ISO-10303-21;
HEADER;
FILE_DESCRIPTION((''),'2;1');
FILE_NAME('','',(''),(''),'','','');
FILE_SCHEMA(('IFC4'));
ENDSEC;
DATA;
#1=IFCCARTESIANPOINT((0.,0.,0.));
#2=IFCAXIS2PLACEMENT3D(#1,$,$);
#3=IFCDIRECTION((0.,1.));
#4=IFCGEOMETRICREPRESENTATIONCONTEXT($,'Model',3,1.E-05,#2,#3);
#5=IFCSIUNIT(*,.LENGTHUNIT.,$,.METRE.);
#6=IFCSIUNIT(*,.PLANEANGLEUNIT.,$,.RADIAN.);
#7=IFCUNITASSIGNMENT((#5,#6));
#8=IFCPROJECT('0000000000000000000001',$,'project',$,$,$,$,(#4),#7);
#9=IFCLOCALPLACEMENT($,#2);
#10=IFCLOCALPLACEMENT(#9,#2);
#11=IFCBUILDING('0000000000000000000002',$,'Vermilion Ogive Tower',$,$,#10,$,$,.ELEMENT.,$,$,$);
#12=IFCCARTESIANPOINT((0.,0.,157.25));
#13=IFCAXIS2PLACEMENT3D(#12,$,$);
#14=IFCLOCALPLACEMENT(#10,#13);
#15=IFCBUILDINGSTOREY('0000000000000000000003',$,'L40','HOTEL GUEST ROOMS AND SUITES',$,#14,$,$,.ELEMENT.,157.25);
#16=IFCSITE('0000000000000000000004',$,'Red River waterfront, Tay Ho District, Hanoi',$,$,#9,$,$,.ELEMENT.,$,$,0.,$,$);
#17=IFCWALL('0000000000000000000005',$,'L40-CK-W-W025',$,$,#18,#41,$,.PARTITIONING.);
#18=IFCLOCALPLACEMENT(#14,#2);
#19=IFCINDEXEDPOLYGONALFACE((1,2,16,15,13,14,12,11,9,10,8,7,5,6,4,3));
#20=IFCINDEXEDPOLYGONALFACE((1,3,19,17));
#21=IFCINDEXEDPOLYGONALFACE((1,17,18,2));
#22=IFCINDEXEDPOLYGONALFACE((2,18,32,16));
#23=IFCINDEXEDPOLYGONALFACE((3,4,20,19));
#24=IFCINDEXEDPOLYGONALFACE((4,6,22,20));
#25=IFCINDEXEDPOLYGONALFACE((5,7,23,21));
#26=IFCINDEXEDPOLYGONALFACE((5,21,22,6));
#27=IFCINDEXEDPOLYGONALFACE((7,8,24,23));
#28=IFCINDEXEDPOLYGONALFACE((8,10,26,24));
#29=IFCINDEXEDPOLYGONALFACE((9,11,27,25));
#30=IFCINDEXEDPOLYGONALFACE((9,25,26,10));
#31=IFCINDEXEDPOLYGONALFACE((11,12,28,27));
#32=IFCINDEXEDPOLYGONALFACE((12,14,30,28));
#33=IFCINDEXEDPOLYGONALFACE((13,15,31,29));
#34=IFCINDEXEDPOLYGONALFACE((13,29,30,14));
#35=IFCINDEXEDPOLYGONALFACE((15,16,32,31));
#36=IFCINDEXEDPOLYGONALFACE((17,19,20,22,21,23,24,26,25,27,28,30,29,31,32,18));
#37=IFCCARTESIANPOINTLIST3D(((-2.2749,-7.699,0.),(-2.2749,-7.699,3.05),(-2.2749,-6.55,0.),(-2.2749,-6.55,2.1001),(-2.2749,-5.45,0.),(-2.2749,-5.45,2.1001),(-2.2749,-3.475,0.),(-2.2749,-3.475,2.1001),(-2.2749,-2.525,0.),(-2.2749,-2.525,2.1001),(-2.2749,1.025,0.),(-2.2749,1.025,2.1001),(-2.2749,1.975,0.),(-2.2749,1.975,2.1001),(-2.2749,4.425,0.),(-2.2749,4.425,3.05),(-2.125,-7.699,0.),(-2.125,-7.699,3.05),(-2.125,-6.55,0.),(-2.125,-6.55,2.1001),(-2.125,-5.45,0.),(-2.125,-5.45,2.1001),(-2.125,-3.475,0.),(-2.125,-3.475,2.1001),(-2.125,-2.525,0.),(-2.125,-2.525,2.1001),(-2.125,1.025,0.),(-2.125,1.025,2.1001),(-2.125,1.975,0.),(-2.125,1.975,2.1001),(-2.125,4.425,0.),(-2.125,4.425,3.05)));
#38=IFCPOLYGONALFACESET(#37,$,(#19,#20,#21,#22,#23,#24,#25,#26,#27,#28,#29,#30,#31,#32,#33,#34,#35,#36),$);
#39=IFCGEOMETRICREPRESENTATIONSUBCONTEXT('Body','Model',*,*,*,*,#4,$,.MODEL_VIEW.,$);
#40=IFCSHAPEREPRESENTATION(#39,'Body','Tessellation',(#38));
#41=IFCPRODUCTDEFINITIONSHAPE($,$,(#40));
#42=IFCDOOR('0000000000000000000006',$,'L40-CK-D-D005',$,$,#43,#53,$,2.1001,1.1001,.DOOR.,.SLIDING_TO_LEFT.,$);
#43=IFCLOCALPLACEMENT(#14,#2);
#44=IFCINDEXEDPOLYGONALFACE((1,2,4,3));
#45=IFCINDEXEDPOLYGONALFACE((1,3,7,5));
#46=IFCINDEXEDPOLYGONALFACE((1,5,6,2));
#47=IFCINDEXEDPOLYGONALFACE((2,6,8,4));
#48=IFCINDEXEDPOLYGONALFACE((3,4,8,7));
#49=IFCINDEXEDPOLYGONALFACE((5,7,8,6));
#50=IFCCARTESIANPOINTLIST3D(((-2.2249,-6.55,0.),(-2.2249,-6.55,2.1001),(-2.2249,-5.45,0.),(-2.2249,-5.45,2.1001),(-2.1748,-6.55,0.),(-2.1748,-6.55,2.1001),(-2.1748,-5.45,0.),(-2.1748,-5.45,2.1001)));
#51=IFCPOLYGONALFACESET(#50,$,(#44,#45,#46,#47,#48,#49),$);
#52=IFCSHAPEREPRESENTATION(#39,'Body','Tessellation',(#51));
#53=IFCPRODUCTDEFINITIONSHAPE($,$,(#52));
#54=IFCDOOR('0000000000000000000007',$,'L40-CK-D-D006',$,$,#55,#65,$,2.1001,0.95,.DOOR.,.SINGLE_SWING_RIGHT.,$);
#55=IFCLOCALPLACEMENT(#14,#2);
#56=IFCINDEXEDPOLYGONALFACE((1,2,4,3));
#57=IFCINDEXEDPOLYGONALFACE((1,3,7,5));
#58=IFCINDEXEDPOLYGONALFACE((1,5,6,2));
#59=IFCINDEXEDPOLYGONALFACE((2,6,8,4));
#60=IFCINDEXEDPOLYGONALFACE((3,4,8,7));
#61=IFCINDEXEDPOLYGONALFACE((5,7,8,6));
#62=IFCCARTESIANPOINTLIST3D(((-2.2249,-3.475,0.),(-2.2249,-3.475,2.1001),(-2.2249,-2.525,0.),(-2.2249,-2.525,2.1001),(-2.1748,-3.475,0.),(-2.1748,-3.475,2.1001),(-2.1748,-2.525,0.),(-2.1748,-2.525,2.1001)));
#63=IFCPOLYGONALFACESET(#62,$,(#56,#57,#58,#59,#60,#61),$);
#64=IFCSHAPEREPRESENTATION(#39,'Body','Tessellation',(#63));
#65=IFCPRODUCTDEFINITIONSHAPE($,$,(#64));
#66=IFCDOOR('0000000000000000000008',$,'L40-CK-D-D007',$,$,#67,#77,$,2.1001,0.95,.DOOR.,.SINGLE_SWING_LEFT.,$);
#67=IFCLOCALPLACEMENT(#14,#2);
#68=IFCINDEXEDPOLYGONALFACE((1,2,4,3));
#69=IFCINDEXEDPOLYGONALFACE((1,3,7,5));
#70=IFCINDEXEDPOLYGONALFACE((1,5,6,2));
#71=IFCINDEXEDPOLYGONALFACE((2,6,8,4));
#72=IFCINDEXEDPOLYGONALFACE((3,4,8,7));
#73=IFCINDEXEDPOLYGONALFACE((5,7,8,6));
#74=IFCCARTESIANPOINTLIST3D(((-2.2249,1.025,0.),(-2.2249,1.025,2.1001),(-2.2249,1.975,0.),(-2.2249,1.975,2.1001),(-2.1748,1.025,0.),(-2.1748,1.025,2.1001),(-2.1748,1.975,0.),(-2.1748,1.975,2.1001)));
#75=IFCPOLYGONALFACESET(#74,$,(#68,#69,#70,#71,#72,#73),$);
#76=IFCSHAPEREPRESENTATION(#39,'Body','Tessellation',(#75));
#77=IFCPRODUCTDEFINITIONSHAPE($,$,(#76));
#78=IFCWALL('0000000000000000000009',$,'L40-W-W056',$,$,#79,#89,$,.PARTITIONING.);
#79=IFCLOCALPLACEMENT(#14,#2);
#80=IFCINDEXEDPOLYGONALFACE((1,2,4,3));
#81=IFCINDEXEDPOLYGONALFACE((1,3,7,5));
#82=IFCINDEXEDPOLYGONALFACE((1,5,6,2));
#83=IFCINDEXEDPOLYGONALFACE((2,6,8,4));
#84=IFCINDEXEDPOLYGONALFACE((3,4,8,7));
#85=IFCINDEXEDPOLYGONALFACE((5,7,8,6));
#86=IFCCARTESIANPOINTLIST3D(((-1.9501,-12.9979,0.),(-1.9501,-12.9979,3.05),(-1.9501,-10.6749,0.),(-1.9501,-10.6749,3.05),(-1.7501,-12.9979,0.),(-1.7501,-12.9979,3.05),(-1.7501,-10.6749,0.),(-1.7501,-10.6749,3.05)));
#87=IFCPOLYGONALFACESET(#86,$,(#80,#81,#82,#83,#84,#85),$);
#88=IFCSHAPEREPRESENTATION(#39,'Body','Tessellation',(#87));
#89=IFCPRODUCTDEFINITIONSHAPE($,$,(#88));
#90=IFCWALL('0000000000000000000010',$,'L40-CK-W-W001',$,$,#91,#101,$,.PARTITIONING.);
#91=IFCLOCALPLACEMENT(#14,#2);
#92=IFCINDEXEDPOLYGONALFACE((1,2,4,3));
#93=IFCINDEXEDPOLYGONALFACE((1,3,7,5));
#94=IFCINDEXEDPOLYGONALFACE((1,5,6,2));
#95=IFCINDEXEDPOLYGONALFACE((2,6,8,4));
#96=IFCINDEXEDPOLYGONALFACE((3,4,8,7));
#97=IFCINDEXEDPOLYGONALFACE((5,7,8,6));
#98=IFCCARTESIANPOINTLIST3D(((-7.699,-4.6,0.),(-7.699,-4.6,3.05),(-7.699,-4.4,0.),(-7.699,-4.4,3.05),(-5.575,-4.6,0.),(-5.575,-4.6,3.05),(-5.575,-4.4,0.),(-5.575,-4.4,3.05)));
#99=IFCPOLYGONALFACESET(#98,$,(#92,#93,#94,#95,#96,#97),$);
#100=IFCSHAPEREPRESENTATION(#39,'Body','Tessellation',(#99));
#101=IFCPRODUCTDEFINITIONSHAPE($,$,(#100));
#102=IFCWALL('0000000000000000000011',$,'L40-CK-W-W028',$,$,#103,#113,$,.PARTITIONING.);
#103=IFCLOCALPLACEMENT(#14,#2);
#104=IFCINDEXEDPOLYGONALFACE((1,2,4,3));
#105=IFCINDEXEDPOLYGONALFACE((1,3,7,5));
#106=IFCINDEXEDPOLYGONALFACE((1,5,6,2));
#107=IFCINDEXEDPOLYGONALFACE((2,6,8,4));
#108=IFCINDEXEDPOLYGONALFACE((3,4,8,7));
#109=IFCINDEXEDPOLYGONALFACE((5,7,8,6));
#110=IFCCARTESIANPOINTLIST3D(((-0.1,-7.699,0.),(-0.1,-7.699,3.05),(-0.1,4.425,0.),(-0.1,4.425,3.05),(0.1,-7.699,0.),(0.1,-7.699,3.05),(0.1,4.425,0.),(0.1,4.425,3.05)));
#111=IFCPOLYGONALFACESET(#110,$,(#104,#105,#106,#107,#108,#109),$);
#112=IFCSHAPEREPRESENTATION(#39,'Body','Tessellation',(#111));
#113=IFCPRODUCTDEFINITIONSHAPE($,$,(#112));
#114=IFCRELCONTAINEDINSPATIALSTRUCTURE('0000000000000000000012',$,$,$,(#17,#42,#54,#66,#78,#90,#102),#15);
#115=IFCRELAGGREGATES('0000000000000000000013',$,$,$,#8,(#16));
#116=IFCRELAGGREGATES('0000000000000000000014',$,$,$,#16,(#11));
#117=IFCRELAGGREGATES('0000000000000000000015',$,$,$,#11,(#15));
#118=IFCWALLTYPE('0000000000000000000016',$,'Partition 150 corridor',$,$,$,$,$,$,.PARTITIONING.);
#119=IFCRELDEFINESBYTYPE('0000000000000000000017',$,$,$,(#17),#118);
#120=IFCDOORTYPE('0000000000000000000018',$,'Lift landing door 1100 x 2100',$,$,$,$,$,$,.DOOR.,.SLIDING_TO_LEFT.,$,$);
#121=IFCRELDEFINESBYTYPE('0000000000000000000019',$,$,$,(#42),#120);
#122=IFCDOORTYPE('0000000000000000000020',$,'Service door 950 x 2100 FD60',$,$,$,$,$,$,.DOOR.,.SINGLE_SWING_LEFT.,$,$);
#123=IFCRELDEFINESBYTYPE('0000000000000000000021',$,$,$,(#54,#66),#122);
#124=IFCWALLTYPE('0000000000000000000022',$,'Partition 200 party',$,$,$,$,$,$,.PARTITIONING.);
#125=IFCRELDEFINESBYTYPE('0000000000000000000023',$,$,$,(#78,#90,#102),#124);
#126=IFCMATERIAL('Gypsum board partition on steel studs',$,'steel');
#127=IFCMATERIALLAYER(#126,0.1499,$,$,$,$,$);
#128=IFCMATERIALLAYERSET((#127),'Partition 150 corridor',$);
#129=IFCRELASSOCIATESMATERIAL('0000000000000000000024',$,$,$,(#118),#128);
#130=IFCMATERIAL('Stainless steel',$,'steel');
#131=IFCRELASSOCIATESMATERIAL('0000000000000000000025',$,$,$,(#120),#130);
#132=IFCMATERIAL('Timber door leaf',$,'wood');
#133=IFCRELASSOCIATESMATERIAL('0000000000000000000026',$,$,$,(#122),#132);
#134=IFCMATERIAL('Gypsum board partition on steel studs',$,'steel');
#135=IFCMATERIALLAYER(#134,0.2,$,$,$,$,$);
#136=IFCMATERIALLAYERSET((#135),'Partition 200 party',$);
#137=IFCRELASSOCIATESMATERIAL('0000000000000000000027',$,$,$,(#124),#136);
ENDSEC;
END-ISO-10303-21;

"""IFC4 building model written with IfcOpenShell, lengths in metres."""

from ifc_helpers import new_model, si_unit, direction, frame, frame_2d, origin, place, context, subcontext, project, spatial, rectangle, extrude, material, layer, layer_set, type_object, element, fill, save


model = new_model("IFC4")

# Units and contexts
model_context = context("Model", 3, precision=1e-05, world=origin(), true_north=direction((0.0, 1.0)))
body_context = subcontext(model_context, "Body", "Model", "MODEL_VIEW")
ifc_project = project(units=[si_unit("LENGTHUNIT", "METRE"), si_unit("PLANEANGLEUNIT", "RADIAN")], contexts=[model_context])

# Site, building, storey
site_placement = place(None, origin())
site = spatial("IfcSite", under=ifc_project, at=site_placement, Name="Red River waterfront, Tay Ho District, Hanoi", CompositionType="ELEMENT", RefElevation=0.0)
building_placement = place(site_placement, origin())
building = spatial("IfcBuilding", under=site, at=building_placement, Name="Vermilion Ogive Tower", CompositionType="ELEMENT")
storey_placement = place(building_placement, frame((0.0, 0.0, 157.25)))
storey = spatial("IfcBuildingStorey", under=building, at=storey_placement, Name="L40", Description="HOTEL GUEST ROOMS AND SUITES", CompositionType="ELEMENT", Elevation=157.25)

# Wall, openings, doors
ifc_material_1 = material(Name="Gypsum board partition on steel studs", Category="steel")
ifc_layer_1 = layer(ifc_material_1, 0.1499)
ifc_layer_set_1 = layer_set([ifc_layer_1], Name="Partition 150 corridor")
wall_type_1 = type_object("IfcWallType", Name="Partition 150 corridor", PredefinedType="PARTITIONING", material=ifc_layer_set_1)
ifc_material_2 = material(Name="Stainless steel", Category="steel")
door_type_1 = type_object("IfcDoorType", Name="Lift landing door 1100 x 2100", OperationType="SLIDING_TO_LEFT", PredefinedType="DOOR", material=ifc_material_2)
wall_1_placement = place(storey_placement, frame((-2.2, -7.699, 0.0), z_axis=(0.0, 0.0, 1.0), x_axis=(0.0, 1.0, 0.0)))
wall_1 = element("IfcWall", 1, at=wall_1_placement, inside=storey, type_object=wall_type_1, Name="L40-CK-W-W025", PredefinedType="PARTITIONING", context=body_context, shape_type="SweptSolid", body=[
    extrude(rectangle(XDim=12.124, YDim=0.1499, at=frame_2d((6.062, 0.0))), origin(), (0.0, 0.0, 1.0), 3.05),
])
opening_1_placement = place(wall_1_placement, frame((1.1489, 0.0, 0.0)))
opening_1 = element("IfcOpeningElement", 2, at=opening_1_placement, cuts=wall_1, PredefinedType="OPENING", context=body_context, shape_type="SweptSolid", body=[
    extrude(rectangle(XDim=1.1001, YDim=2.1001, at=frame_2d((0.55, 1.05))), frame((0.0, 0.085, 0.0), z_axis=(0.0, -1.0, 0.0), x_axis=(1.0, 0.0, 0.0)), (0.0, 0.0, 1.0), 0.1699),
])
opening_2_placement = place(wall_1_placement, frame((4.2239, 0.0, 0.0)))
opening_2 = element("IfcOpeningElement", 3, at=opening_2_placement, cuts=wall_1, PredefinedType="OPENING", context=body_context, shape_type="SweptSolid", body=[
    extrude(rectangle(XDim=0.95, YDim=2.1001, at=frame_2d((0.4751, 1.05))), frame((0.0, 0.085, 0.0), z_axis=(0.0, -1.0, 0.0), x_axis=(1.0, 0.0, 0.0)), (0.0, 0.0, 1.0), 0.1699),
])
opening_3_placement = place(wall_1_placement, frame((8.7239, 0.0, 0.0)))
opening_3 = element("IfcOpeningElement", 4, at=opening_3_placement, cuts=wall_1, PredefinedType="OPENING", context=body_context, shape_type="SweptSolid", body=[
    extrude(rectangle(XDim=0.95, YDim=2.1001, at=frame_2d((0.4751, 1.05))), frame((0.0, 0.085, 0.0), z_axis=(0.0, -1.0, 0.0), x_axis=(1.0, 0.0, 0.0)), (0.0, 0.0, 1.0), 0.1699),
])
door_1_placement = place(opening_1_placement, origin())
door_1 = element("IfcDoor", 5, at=door_1_placement, inside=storey, type_object=door_type_1, Name="L40-CK-D-D005", OperationType="SLIDING_TO_LEFT", OverallHeight=2.1001, OverallWidth=1.1001, PredefinedType="DOOR", context=body_context, shape_type="SweptSolid", body=[
    extrude(rectangle(XDim=1.1001, YDim=2.1001, at=frame_2d((0.55, 1.05))), frame((0.0, 0.0249, 0.0), z_axis=(0.0, -1.0, 0.0), x_axis=(1.0, 0.0, 0.0)), (0.0, 0.0, 1.0), 0.05),
])
fill(opening_1, door_1)
ifc_material_3 = material(Name="Timber door leaf", Category="wood")
door_type_2 = type_object("IfcDoorType", Name="Service door 950 x 2100 FD60", OperationType="SINGLE_SWING_LEFT", PredefinedType="DOOR", material=ifc_material_3)
door_2_placement = place(opening_2_placement, origin())
door_2 = element("IfcDoor", 6, at=door_2_placement, inside=storey, type_object=door_type_2, Name="L40-CK-D-D006", OperationType="SINGLE_SWING_RIGHT", OverallHeight=2.1001, OverallWidth=0.95, PredefinedType="DOOR", context=body_context, shape_type="SweptSolid", body=[
    extrude(rectangle(XDim=0.95, YDim=2.1001, at=frame_2d((0.4751, 1.05))), frame((0.0, 0.0249, 0.0), z_axis=(0.0, -1.0, 0.0), x_axis=(1.0, 0.0, 0.0)), (0.0, 0.0, 1.0), 0.05),
])
fill(opening_2, door_2)
door_3_placement = place(opening_3_placement, origin())
door_3 = element("IfcDoor", 7, at=door_3_placement, inside=storey, type_object=door_type_2, Name="L40-CK-D-D007", OperationType="SINGLE_SWING_LEFT", OverallHeight=2.1001, OverallWidth=0.95, PredefinedType="DOOR", context=body_context, shape_type="SweptSolid", body=[
    extrude(rectangle(XDim=0.95, YDim=2.1001, at=frame_2d((0.4751, 1.05))), frame((0.0, 0.0249, 0.0), z_axis=(0.0, -1.0, 0.0), x_axis=(1.0, 0.0, 0.0)), (0.0, 0.0, 1.0), 0.05),
])
fill(opening_3, door_3)

# Walls
ifc_material_4 = material(Name="Gypsum board partition on steel studs", Category="steel")
ifc_layer_2 = layer(ifc_material_4, 0.2)
ifc_layer_set_2 = layer_set([ifc_layer_2], Name="Partition 200 party")
wall_type_2 = type_object("IfcWallType", Name="Partition 200 party", PredefinedType="PARTITIONING", material=ifc_layer_set_2)
wall_2_placement = place(storey_placement, frame((-1.8501, -12.998, 0.0), z_axis=(0.0, 0.0, 1.0), x_axis=(0.0, 1.0, 0.0)))
element("IfcWall", 8, at=wall_2_placement, inside=storey, type_object=wall_type_2, Name="L40-W-W056", PredefinedType="PARTITIONING", context=body_context, shape_type="SweptSolid", body=[
    extrude(rectangle(XDim=2.323, YDim=0.2, at=frame_2d((1.1616, 0.0))), origin(), (0.0, 0.0, 1.0), 3.05),
])
wall_3_placement = place(storey_placement, frame((-7.699, -4.5, 0.0), z_axis=(0.0, 0.0, 1.0), x_axis=(1.0, 0.0, 0.0)))
element("IfcWall", 9, at=wall_3_placement, inside=storey, type_object=wall_type_2, Name="L40-CK-W-W001", PredefinedType="PARTITIONING", context=body_context, shape_type="SweptSolid", body=[
    extrude(rectangle(XDim=2.124, YDim=0.2, at=frame_2d((1.062, 0.0))), origin(), (0.0, 0.0, 1.0), 3.05),
])
wall_4_placement = place(storey_placement, frame((0.0, -7.699, 0.0), z_axis=(0.0, 0.0, 1.0), x_axis=(0.0, 1.0, 0.0)))
element("IfcWall", 10, at=wall_4_placement, inside=storey, type_object=wall_type_2, Name="L40-CK-W-W028", PredefinedType="PARTITIONING", context=body_context, shape_type="SweptSolid", body=[
    extrude(rectangle(XDim=12.124, YDim=0.2, at=frame_2d((6.062, 0.0))), origin(), (0.0, 0.0, 1.0), 3.05),
])

save(model, "model.ifc")
